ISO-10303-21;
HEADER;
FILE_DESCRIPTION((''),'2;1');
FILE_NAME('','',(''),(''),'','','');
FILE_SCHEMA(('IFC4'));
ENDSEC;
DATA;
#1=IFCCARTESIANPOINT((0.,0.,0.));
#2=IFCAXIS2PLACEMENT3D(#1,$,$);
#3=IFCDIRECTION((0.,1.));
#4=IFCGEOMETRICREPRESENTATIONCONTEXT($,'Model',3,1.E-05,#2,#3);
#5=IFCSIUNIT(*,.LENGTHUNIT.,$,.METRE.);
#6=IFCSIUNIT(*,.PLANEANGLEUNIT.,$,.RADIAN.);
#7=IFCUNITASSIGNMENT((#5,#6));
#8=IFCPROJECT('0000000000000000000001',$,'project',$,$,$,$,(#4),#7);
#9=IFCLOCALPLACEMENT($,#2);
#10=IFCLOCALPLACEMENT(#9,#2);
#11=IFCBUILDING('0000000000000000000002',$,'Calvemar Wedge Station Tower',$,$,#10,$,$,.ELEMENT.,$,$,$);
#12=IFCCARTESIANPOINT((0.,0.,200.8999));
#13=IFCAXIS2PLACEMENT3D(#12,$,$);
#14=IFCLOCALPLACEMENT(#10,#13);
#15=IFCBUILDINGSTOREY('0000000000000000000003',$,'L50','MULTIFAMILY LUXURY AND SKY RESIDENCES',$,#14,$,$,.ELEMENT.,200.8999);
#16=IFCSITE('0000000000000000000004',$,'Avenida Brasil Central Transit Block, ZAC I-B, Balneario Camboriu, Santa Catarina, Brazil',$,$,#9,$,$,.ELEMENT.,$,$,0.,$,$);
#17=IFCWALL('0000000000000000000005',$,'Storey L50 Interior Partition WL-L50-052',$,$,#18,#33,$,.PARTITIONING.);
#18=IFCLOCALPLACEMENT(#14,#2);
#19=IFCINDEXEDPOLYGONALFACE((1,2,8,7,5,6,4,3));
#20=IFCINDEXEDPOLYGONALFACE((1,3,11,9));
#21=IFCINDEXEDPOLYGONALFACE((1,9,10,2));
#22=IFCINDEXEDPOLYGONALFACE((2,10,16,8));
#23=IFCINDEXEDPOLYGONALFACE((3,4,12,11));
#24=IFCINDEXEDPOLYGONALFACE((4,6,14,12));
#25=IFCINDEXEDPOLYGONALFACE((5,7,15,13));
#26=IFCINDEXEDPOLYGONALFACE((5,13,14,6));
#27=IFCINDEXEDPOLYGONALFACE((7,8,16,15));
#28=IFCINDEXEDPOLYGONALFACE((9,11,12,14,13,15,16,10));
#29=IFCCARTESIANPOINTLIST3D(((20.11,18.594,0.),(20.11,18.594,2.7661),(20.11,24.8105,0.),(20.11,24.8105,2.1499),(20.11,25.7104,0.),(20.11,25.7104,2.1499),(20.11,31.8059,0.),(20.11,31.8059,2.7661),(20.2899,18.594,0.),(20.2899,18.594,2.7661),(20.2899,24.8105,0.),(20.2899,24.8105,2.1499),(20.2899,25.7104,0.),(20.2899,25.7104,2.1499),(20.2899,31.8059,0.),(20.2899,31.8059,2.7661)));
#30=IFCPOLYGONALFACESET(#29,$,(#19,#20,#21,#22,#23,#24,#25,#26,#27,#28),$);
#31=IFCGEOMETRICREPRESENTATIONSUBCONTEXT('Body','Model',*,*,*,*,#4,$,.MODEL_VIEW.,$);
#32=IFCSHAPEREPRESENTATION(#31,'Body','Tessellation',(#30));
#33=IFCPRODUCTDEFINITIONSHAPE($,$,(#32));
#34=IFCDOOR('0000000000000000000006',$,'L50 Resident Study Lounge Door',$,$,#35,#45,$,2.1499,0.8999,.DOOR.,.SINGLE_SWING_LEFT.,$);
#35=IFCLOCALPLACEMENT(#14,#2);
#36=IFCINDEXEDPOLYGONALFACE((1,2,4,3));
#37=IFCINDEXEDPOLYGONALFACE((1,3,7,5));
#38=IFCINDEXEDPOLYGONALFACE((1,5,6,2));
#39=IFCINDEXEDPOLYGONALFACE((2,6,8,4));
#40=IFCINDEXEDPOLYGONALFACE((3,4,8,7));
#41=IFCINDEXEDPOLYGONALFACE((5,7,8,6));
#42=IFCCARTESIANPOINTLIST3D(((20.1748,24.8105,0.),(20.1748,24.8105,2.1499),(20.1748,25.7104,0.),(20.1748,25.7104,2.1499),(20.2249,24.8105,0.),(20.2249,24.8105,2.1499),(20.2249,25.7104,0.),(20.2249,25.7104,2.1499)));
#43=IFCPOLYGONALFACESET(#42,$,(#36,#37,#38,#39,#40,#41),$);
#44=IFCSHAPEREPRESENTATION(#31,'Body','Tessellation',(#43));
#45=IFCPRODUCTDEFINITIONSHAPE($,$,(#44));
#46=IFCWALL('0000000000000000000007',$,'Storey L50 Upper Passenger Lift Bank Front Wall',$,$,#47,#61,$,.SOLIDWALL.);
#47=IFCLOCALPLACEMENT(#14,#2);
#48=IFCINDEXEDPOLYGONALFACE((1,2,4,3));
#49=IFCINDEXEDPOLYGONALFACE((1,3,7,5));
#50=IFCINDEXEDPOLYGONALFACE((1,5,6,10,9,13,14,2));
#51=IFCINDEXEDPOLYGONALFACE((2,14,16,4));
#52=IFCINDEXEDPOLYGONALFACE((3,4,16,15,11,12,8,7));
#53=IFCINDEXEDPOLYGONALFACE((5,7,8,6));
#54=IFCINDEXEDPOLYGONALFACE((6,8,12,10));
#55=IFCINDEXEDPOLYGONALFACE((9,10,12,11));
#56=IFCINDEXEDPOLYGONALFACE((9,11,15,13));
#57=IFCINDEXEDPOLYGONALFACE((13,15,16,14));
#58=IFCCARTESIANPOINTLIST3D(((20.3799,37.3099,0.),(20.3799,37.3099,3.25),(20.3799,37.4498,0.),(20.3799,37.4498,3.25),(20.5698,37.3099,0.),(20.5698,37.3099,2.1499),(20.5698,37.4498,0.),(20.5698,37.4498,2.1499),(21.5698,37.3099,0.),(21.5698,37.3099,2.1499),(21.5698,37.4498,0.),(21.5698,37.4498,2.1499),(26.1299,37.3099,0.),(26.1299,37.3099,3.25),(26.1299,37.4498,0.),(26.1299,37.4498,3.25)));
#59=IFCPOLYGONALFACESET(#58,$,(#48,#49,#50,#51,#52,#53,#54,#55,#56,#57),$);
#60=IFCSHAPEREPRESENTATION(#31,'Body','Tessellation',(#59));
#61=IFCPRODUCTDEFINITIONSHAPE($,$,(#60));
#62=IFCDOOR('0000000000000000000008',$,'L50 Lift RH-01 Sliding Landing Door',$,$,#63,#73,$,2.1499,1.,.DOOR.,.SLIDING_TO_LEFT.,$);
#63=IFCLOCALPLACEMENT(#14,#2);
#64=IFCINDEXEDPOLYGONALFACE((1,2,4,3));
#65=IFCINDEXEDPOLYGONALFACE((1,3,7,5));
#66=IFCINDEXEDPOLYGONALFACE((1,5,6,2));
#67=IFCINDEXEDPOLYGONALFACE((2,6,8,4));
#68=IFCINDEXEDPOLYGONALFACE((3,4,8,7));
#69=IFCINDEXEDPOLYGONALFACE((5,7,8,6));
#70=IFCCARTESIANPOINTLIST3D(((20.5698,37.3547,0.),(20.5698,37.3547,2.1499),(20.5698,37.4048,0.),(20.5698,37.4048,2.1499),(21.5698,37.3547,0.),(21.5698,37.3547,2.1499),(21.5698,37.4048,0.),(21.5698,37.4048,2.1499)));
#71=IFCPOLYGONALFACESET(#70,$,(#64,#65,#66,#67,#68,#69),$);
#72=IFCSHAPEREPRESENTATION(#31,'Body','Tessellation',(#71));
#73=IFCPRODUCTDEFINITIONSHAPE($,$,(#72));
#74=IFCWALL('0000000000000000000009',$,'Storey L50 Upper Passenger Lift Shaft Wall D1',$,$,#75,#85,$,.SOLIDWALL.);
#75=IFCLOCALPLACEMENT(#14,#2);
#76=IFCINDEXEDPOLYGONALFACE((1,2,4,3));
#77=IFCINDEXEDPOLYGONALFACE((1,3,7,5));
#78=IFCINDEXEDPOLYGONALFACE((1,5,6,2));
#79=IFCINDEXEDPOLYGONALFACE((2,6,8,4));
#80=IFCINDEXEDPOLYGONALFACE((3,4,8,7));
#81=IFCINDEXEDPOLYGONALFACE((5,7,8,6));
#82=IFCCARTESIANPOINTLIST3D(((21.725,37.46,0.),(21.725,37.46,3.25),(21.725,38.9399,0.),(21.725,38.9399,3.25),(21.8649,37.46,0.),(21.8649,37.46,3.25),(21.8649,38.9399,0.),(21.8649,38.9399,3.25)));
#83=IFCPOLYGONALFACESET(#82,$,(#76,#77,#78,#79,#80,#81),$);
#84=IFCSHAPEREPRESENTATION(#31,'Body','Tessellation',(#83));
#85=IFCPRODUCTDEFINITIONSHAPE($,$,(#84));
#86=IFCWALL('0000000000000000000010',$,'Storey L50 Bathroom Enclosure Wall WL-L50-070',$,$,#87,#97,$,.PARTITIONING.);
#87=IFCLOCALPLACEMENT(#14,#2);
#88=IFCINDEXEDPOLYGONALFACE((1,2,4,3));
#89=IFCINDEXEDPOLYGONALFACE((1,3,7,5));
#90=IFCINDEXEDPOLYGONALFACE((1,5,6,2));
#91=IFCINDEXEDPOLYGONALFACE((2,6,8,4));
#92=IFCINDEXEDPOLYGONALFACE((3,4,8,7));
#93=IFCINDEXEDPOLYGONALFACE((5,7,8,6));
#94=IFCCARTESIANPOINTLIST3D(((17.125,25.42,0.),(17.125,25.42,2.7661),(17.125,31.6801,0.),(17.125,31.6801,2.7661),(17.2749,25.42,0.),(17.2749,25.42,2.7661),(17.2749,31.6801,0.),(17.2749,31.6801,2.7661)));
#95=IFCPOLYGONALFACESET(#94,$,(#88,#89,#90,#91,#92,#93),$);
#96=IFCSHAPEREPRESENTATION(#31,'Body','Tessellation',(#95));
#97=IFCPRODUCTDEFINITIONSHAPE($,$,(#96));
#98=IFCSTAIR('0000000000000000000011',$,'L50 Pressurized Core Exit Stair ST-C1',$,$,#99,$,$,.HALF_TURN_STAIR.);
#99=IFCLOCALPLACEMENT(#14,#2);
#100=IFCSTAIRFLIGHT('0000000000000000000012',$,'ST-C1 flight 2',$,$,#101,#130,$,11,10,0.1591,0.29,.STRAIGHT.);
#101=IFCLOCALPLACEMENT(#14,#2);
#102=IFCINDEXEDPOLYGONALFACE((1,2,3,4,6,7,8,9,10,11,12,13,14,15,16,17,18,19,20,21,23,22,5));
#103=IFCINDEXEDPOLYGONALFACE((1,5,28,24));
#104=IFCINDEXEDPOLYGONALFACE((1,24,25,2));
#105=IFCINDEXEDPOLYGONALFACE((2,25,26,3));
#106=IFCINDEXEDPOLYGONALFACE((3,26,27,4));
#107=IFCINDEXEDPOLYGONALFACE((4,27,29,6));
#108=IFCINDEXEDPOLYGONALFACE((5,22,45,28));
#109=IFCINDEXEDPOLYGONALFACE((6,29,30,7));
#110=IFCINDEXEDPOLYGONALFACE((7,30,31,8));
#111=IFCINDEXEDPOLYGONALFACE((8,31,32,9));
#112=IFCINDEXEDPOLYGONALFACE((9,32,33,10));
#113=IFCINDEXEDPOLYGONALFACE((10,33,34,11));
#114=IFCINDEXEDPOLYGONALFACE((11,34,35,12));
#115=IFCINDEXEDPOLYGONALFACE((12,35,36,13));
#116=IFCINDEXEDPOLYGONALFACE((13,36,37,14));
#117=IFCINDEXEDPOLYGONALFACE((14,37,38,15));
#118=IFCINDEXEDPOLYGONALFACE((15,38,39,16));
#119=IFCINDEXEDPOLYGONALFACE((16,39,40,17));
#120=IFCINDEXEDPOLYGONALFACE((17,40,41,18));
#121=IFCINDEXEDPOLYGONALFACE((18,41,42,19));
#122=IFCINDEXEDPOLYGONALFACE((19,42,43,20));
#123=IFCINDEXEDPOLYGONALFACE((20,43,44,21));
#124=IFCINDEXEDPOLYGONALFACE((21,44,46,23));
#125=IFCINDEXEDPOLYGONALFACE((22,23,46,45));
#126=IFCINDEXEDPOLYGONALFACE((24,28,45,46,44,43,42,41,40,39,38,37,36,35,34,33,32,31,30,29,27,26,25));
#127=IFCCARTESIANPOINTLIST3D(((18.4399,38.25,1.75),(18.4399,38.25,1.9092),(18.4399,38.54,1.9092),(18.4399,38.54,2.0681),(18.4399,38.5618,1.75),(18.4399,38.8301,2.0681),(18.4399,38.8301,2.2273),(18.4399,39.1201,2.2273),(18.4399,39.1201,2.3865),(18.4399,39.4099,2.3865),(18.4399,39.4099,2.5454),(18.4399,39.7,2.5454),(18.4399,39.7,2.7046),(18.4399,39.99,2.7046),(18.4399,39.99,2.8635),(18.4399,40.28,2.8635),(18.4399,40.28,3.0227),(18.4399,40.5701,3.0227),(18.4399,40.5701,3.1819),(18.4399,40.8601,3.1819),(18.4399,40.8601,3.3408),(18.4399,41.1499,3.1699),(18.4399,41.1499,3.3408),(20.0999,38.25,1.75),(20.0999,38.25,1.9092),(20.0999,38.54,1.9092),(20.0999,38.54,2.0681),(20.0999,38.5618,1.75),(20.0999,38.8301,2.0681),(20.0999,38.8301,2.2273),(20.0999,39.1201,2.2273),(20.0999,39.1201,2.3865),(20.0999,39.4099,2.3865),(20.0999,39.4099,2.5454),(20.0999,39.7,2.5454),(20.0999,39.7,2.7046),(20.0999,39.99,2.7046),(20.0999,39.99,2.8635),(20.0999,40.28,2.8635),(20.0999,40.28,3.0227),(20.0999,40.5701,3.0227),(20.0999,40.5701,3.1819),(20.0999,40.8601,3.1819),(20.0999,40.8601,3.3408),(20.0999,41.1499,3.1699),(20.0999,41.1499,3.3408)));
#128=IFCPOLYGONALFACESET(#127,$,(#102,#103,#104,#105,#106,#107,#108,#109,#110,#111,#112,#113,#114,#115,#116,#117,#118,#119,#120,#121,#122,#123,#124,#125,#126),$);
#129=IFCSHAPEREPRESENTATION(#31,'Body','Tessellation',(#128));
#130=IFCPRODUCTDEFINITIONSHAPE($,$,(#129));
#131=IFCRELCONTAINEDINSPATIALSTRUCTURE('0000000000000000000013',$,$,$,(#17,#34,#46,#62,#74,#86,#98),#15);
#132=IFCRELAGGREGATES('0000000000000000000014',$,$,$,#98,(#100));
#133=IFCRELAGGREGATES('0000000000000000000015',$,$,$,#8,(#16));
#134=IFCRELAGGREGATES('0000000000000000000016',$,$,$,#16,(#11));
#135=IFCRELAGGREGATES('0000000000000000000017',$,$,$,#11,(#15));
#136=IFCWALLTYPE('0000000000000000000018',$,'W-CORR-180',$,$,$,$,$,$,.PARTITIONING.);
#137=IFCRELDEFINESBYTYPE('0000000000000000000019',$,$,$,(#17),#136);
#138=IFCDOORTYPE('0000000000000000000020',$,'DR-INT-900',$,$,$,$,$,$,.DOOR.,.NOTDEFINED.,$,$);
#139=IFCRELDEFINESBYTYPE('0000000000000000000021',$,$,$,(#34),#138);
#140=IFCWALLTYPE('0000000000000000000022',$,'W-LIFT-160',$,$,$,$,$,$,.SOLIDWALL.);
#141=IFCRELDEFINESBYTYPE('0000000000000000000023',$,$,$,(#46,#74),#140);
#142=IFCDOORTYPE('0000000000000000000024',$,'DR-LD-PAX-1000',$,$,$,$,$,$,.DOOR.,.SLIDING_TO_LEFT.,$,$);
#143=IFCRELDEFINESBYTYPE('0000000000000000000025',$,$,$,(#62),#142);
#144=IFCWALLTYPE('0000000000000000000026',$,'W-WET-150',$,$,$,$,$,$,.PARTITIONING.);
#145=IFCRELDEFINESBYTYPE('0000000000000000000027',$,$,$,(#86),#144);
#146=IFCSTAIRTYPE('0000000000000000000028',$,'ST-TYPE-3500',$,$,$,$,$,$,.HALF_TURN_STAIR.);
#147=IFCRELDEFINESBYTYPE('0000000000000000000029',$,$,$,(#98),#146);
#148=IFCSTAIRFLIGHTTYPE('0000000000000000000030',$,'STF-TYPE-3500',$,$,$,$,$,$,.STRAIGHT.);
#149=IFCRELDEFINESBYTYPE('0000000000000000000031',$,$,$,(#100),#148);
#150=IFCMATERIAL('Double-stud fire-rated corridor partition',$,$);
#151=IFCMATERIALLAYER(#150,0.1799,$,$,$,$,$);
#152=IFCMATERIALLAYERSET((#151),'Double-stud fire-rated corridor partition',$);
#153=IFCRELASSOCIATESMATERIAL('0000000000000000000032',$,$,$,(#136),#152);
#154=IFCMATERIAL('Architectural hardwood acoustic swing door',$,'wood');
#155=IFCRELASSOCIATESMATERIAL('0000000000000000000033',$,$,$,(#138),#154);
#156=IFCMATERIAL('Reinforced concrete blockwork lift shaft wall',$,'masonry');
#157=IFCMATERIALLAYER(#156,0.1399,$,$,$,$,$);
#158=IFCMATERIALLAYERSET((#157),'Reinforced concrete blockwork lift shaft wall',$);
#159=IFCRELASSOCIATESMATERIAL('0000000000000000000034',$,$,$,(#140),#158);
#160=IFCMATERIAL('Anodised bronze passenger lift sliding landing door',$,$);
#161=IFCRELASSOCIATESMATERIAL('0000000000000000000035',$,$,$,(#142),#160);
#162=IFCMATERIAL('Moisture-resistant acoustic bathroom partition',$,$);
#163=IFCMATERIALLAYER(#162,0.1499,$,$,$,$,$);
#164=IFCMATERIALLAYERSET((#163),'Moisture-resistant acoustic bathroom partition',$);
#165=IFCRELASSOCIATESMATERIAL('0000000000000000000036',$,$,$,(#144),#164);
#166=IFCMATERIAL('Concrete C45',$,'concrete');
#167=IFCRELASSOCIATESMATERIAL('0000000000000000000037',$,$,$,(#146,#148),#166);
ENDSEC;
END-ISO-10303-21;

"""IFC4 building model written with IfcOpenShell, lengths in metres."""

from ifc_helpers import new_model, si_unit, direction, frame, frame_2d, origin, place, context, subcontext, project, spatial, polyline, rectangle, outline, extrude, source, transform, mapped, material, layer, layer_set, type_object, element, fill, aggregate, save


model = new_model("IFC4")

# Units and contexts
model_context = context("Model", 3, precision=1e-05, world=origin(), true_north=direction((0.0, 1.0)))
body_context = subcontext(model_context, "Body", "Model", "MODEL_VIEW")
ifc_project = project(units=[si_unit("LENGTHUNIT", "METRE"), si_unit("PLANEANGLEUNIT", "RADIAN")], contexts=[model_context])

# Site, building, storey
site_placement = place(None, origin())
site = spatial("IfcSite", under=ifc_project, at=site_placement, Name="Avenida Brasil Central Transit Block, ZAC I-B, Balneario Camboriu, Santa Catarina, Brazil", CompositionType="ELEMENT", RefElevation=0.0)
building_placement = place(site_placement, origin())
building = spatial("IfcBuilding", under=site, at=building_placement, Name="Calvemar Wedge Station Tower", CompositionType="ELEMENT")
storey_placement = place(building_placement, frame((0.0, 0.0, 200.8999)))
storey = spatial("IfcBuildingStorey", under=building, at=storey_placement, Name="L50", Description="MULTIFAMILY LUXURY AND SKY RESIDENCES", CompositionType="ELEMENT", Elevation=200.8999)

# Shared definitions
ifc_material_1 = material(Name="Double-stud fire-rated corridor partition")
ifc_layer_1 = layer(ifc_material_1, 0.1799)
ifc_layer_set_1 = layer_set([ifc_layer_1], Name="Double-stud fire-rated corridor partition")
wall_type_1 = type_object("IfcWallType", Name="W-CORR-180", PredefinedType="PARTITIONING", material=ifc_layer_set_1)
shared_shape_1 = source(origin(), body_context, "Body", "SweptSolid", [
    extrude(rectangle(XDim=0.8999, YDim=2.1499, at=frame_2d((0.45, 1.075))), frame((0.0, 0.1001, 0.0), z_axis=(0.0, -1.0, 0.0), x_axis=(1.0, 0.0, 0.0)), (0.0, 0.0, 1.0), 0.2),
])

# Walls, openings, doors
wall_1_placement = place(storey_placement, frame((20.2, 31.8059, 0.0), z_axis=(0.0, 0.0, 1.0), x_axis=(0.0, -1.0, 0.0)))
wall_1 = element("IfcWall", 1, at=wall_1_placement, inside=storey, type_object=wall_type_1, Name="Storey L50 Interior Partition WL-L50-052", PredefinedType="PARTITIONING", context=body_context, shape_type="SweptSolid", body=[
    extrude(rectangle(XDim=13.2119, YDim=0.1799, at=frame_2d((6.606, 0.0))), origin(), (0.0, 0.0, 1.0), 2.7661),
])
opening_1_placement = place(wall_1_placement, frame((6.0955, 0.0, 0.0)))
opening_1 = element("IfcOpeningElement", 2, at=opening_1_placement, cuts=wall_1, PredefinedType="OPENING", context=body_context, shape_type="MappedRepresentation", body=[
    mapped(shared_shape_1, transform((0.0, 0.0, 0.0), scale=1.0)),
])
ifc_material_2 = material(Name="Architectural hardwood acoustic swing door", Category="wood")
door_type_1 = type_object("IfcDoorType", Name="DR-INT-900", OperationType="NOTDEFINED", PredefinedType="DOOR", material=ifc_material_2)
shared_shape_2 = source(origin(), body_context, "Body", "SweptSolid", [
    extrude(rectangle(XDim=0.8999, YDim=2.1499, at=frame_2d((0.45, 1.075))), frame((0.0, 0.0249, 0.0), z_axis=(0.0, -1.0, 0.0), x_axis=(1.0, 0.0, 0.0)), (0.0, 0.0, 1.0), 0.05),
])
door_1_placement = place(opening_1_placement, origin())
door_1 = element("IfcDoor", 3, at=door_1_placement, inside=storey, type_object=door_type_1, Name="L50 Resident Study Lounge Door", OperationType="SINGLE_SWING_LEFT", OverallHeight=2.1499, OverallWidth=0.8999, PredefinedType="DOOR", context=body_context, shape_type="MappedRepresentation", body=[
    mapped(shared_shape_2, transform((0.0, 0.0, 0.0), scale=1.0)),
])
fill(opening_1, door_1)
ifc_material_3 = material(Name="Reinforced concrete blockwork lift shaft wall", Category="masonry")
ifc_layer_2 = layer(ifc_material_3, 0.1399)
ifc_layer_set_2 = layer_set([ifc_layer_2], Name="Reinforced concrete blockwork lift shaft wall")
wall_type_2 = type_object("IfcWallType", Name="W-LIFT-160", PredefinedType="SOLIDWALL", material=ifc_layer_set_2)
wall_2_placement = place(storey_placement, frame((20.3799, 37.3799, 0.0), z_axis=(0.0, 0.0, 1.0), x_axis=(1.0, 0.0, 0.0)))
wall_2 = element("IfcWall", 4, at=wall_2_placement, inside=storey, type_object=wall_type_2, Name="Storey L50 Upper Passenger Lift Bank Front Wall", PredefinedType="SOLIDWALL", context=body_context, shape_type="SweptSolid", body=[
    extrude(rectangle(XDim=5.75, YDim=0.1399, at=frame_2d((2.875, 0.0))), origin(), (0.0, 0.0, 1.0), 3.25),
])
shared_shape_3 = source(origin(), body_context, "Body", "SweptSolid", [
    extrude(rectangle(XDim=1.0, YDim=2.1499, at=frame_2d((0.5, 1.075))), frame((0.0, 0.0801, 0.0), z_axis=(0.0, -1.0, 0.0), x_axis=(1.0, 0.0, 0.0)), (0.0, 0.0, 1.0), 0.1599),
])
opening_2_placement = place(wall_2_placement, frame((0.1899, 0.0, 0.0)))
opening_2 = element("IfcOpeningElement", 5, at=opening_2_placement, cuts=wall_2, PredefinedType="OPENING", context=body_context, shape_type="MappedRepresentation", body=[
    mapped(shared_shape_3, transform((0.0, 0.0, 0.0), scale=1.0)),
])
ifc_material_4 = material(Name="Anodised bronze passenger lift sliding landing door")
door_type_2 = type_object("IfcDoorType", Name="DR-LD-PAX-1000", OperationType="SLIDING_TO_LEFT", PredefinedType="DOOR", material=ifc_material_4)
shared_shape_4 = source(origin(), body_context, "Body", "SweptSolid", [
    extrude(rectangle(XDim=1.0, YDim=2.1499, at=frame_2d((0.5, 1.075))), frame((0.0, 0.0249, 0.0), z_axis=(0.0, -1.0, 0.0), x_axis=(1.0, 0.0, 0.0)), (0.0, 0.0, 1.0), 0.05),
])
door_2_placement = place(opening_2_placement, origin())
door_2 = element("IfcDoor", 6, at=door_2_placement, inside=storey, type_object=door_type_2, Name="L50 Lift RH-01 Sliding Landing Door", OperationType="SLIDING_TO_LEFT", OverallHeight=2.1499, OverallWidth=1.0, PredefinedType="DOOR", context=body_context, shape_type="MappedRepresentation", body=[
    mapped(shared_shape_4, transform((0.0, 0.0, 0.0), scale=1.0)),
])
fill(opening_2, door_2)

# Walls
wall_3_placement = place(storey_placement, frame((21.7949, 37.46, 0.0), z_axis=(0.0, 0.0, 1.0), x_axis=(0.0, 1.0, 0.0)))
element("IfcWall", 7, at=wall_3_placement, inside=storey, type_object=wall_type_2, Name="Storey L50 Upper Passenger Lift Shaft Wall D1", PredefinedType="SOLIDWALL", context=body_context, shape_type="SweptSolid", body=[
    extrude(rectangle(XDim=1.48, YDim=0.1399, at=frame_2d((0.74, 0.0))), origin(), (0.0, 0.0, 1.0), 3.25),
])
ifc_material_5 = material(Name="Moisture-resistant acoustic bathroom partition")
ifc_layer_3 = layer(ifc_material_5, 0.1499)
ifc_layer_set_3 = layer_set([ifc_layer_3], Name="Moisture-resistant acoustic bathroom partition")
wall_type_3 = type_object("IfcWallType", Name="W-WET-150", PredefinedType="PARTITIONING", material=ifc_layer_set_3)
wall_4_placement = place(storey_placement, frame((17.2, 31.6799, 0.0), z_axis=(0.0, 0.0, 1.0), x_axis=(0.0, -1.0, 0.0)))
element("IfcWall", 8, at=wall_4_placement, inside=storey, type_object=wall_type_3, Name="Storey L50 Bathroom Enclosure Wall WL-L50-070", PredefinedType="PARTITIONING", context=body_context, shape_type="SweptSolid", body=[
    extrude(rectangle(XDim=6.26, YDim=0.1499, at=frame_2d((3.1299, 0.0))), origin(), (0.0, 0.0, 1.0), 2.7661),
])

# Stair, stair flight
ifc_material_6 = material(Name="Concrete C45", Category="concrete")
stair_type = type_object("IfcStairType", Name="ST-TYPE-3500", PredefinedType="HALF_TURN_STAIR", material=ifc_material_6)
stair_placement = place(storey_placement, origin())
stair = element("IfcStair", 9, at=stair_placement, inside=storey, type_object=stair_type, Name="L50 Pressurized Core Exit Stair ST-C1", PredefinedType="HALF_TURN_STAIR")
stair_flight_type = type_object("IfcStairFlightType", Name="STF-TYPE-3500", PredefinedType="STRAIGHT", material=ifc_material_6)
stair_flight_placement = place(storey_placement, frame((19.27, 38.25, 1.75), z_axis=(0.0, 0.0, 1.0), x_axis=(0.0, 1.0, 0.0)))
stair_flight = element("IfcStairFlight", 10, at=stair_flight_placement, type_object=stair_flight_type, Name="ST-C1 flight 2", NumberOfRisers=11, NumberOfTreads=10, PredefinedType="STRAIGHT", RiserHeight=0.1591, TreadLength=0.29, context=body_context, shape_type="SweptSolid", body=[
    extrude(outline(polyline([(0.0, 0.0), (0.0, 0.1592), (0.29, 0.1592), (0.29, 0.3181), (0.5801, 0.3181), (0.5801, 0.4773), (0.8701, 0.4773), (0.8701, 0.6365), (1.1599, 0.6365), (1.1599, 0.7954), (1.45, 0.7954), (1.45, 0.9546), (1.74, 0.9546), (1.74, 1.1135), (2.03, 1.1135), (2.03, 1.2727), (2.3201, 1.2727), (2.3201, 1.4319), (2.6101, 1.4319), (2.6101, 1.5908), (2.8999, 1.5908), (2.8999, 1.75), (2.8999, 1.4199), (0.3118, 0.0), (0.0, 0.0)])), frame((0.0, 0.8301, 0.0), z_axis=(0.0, -1.0, 0.0), x_axis=(1.0, 0.0, 0.0)), (0.0, 0.0, 1.0), 1.6599),
])
aggregate(stair, [stair_flight])

save(model, "model.ifc")
